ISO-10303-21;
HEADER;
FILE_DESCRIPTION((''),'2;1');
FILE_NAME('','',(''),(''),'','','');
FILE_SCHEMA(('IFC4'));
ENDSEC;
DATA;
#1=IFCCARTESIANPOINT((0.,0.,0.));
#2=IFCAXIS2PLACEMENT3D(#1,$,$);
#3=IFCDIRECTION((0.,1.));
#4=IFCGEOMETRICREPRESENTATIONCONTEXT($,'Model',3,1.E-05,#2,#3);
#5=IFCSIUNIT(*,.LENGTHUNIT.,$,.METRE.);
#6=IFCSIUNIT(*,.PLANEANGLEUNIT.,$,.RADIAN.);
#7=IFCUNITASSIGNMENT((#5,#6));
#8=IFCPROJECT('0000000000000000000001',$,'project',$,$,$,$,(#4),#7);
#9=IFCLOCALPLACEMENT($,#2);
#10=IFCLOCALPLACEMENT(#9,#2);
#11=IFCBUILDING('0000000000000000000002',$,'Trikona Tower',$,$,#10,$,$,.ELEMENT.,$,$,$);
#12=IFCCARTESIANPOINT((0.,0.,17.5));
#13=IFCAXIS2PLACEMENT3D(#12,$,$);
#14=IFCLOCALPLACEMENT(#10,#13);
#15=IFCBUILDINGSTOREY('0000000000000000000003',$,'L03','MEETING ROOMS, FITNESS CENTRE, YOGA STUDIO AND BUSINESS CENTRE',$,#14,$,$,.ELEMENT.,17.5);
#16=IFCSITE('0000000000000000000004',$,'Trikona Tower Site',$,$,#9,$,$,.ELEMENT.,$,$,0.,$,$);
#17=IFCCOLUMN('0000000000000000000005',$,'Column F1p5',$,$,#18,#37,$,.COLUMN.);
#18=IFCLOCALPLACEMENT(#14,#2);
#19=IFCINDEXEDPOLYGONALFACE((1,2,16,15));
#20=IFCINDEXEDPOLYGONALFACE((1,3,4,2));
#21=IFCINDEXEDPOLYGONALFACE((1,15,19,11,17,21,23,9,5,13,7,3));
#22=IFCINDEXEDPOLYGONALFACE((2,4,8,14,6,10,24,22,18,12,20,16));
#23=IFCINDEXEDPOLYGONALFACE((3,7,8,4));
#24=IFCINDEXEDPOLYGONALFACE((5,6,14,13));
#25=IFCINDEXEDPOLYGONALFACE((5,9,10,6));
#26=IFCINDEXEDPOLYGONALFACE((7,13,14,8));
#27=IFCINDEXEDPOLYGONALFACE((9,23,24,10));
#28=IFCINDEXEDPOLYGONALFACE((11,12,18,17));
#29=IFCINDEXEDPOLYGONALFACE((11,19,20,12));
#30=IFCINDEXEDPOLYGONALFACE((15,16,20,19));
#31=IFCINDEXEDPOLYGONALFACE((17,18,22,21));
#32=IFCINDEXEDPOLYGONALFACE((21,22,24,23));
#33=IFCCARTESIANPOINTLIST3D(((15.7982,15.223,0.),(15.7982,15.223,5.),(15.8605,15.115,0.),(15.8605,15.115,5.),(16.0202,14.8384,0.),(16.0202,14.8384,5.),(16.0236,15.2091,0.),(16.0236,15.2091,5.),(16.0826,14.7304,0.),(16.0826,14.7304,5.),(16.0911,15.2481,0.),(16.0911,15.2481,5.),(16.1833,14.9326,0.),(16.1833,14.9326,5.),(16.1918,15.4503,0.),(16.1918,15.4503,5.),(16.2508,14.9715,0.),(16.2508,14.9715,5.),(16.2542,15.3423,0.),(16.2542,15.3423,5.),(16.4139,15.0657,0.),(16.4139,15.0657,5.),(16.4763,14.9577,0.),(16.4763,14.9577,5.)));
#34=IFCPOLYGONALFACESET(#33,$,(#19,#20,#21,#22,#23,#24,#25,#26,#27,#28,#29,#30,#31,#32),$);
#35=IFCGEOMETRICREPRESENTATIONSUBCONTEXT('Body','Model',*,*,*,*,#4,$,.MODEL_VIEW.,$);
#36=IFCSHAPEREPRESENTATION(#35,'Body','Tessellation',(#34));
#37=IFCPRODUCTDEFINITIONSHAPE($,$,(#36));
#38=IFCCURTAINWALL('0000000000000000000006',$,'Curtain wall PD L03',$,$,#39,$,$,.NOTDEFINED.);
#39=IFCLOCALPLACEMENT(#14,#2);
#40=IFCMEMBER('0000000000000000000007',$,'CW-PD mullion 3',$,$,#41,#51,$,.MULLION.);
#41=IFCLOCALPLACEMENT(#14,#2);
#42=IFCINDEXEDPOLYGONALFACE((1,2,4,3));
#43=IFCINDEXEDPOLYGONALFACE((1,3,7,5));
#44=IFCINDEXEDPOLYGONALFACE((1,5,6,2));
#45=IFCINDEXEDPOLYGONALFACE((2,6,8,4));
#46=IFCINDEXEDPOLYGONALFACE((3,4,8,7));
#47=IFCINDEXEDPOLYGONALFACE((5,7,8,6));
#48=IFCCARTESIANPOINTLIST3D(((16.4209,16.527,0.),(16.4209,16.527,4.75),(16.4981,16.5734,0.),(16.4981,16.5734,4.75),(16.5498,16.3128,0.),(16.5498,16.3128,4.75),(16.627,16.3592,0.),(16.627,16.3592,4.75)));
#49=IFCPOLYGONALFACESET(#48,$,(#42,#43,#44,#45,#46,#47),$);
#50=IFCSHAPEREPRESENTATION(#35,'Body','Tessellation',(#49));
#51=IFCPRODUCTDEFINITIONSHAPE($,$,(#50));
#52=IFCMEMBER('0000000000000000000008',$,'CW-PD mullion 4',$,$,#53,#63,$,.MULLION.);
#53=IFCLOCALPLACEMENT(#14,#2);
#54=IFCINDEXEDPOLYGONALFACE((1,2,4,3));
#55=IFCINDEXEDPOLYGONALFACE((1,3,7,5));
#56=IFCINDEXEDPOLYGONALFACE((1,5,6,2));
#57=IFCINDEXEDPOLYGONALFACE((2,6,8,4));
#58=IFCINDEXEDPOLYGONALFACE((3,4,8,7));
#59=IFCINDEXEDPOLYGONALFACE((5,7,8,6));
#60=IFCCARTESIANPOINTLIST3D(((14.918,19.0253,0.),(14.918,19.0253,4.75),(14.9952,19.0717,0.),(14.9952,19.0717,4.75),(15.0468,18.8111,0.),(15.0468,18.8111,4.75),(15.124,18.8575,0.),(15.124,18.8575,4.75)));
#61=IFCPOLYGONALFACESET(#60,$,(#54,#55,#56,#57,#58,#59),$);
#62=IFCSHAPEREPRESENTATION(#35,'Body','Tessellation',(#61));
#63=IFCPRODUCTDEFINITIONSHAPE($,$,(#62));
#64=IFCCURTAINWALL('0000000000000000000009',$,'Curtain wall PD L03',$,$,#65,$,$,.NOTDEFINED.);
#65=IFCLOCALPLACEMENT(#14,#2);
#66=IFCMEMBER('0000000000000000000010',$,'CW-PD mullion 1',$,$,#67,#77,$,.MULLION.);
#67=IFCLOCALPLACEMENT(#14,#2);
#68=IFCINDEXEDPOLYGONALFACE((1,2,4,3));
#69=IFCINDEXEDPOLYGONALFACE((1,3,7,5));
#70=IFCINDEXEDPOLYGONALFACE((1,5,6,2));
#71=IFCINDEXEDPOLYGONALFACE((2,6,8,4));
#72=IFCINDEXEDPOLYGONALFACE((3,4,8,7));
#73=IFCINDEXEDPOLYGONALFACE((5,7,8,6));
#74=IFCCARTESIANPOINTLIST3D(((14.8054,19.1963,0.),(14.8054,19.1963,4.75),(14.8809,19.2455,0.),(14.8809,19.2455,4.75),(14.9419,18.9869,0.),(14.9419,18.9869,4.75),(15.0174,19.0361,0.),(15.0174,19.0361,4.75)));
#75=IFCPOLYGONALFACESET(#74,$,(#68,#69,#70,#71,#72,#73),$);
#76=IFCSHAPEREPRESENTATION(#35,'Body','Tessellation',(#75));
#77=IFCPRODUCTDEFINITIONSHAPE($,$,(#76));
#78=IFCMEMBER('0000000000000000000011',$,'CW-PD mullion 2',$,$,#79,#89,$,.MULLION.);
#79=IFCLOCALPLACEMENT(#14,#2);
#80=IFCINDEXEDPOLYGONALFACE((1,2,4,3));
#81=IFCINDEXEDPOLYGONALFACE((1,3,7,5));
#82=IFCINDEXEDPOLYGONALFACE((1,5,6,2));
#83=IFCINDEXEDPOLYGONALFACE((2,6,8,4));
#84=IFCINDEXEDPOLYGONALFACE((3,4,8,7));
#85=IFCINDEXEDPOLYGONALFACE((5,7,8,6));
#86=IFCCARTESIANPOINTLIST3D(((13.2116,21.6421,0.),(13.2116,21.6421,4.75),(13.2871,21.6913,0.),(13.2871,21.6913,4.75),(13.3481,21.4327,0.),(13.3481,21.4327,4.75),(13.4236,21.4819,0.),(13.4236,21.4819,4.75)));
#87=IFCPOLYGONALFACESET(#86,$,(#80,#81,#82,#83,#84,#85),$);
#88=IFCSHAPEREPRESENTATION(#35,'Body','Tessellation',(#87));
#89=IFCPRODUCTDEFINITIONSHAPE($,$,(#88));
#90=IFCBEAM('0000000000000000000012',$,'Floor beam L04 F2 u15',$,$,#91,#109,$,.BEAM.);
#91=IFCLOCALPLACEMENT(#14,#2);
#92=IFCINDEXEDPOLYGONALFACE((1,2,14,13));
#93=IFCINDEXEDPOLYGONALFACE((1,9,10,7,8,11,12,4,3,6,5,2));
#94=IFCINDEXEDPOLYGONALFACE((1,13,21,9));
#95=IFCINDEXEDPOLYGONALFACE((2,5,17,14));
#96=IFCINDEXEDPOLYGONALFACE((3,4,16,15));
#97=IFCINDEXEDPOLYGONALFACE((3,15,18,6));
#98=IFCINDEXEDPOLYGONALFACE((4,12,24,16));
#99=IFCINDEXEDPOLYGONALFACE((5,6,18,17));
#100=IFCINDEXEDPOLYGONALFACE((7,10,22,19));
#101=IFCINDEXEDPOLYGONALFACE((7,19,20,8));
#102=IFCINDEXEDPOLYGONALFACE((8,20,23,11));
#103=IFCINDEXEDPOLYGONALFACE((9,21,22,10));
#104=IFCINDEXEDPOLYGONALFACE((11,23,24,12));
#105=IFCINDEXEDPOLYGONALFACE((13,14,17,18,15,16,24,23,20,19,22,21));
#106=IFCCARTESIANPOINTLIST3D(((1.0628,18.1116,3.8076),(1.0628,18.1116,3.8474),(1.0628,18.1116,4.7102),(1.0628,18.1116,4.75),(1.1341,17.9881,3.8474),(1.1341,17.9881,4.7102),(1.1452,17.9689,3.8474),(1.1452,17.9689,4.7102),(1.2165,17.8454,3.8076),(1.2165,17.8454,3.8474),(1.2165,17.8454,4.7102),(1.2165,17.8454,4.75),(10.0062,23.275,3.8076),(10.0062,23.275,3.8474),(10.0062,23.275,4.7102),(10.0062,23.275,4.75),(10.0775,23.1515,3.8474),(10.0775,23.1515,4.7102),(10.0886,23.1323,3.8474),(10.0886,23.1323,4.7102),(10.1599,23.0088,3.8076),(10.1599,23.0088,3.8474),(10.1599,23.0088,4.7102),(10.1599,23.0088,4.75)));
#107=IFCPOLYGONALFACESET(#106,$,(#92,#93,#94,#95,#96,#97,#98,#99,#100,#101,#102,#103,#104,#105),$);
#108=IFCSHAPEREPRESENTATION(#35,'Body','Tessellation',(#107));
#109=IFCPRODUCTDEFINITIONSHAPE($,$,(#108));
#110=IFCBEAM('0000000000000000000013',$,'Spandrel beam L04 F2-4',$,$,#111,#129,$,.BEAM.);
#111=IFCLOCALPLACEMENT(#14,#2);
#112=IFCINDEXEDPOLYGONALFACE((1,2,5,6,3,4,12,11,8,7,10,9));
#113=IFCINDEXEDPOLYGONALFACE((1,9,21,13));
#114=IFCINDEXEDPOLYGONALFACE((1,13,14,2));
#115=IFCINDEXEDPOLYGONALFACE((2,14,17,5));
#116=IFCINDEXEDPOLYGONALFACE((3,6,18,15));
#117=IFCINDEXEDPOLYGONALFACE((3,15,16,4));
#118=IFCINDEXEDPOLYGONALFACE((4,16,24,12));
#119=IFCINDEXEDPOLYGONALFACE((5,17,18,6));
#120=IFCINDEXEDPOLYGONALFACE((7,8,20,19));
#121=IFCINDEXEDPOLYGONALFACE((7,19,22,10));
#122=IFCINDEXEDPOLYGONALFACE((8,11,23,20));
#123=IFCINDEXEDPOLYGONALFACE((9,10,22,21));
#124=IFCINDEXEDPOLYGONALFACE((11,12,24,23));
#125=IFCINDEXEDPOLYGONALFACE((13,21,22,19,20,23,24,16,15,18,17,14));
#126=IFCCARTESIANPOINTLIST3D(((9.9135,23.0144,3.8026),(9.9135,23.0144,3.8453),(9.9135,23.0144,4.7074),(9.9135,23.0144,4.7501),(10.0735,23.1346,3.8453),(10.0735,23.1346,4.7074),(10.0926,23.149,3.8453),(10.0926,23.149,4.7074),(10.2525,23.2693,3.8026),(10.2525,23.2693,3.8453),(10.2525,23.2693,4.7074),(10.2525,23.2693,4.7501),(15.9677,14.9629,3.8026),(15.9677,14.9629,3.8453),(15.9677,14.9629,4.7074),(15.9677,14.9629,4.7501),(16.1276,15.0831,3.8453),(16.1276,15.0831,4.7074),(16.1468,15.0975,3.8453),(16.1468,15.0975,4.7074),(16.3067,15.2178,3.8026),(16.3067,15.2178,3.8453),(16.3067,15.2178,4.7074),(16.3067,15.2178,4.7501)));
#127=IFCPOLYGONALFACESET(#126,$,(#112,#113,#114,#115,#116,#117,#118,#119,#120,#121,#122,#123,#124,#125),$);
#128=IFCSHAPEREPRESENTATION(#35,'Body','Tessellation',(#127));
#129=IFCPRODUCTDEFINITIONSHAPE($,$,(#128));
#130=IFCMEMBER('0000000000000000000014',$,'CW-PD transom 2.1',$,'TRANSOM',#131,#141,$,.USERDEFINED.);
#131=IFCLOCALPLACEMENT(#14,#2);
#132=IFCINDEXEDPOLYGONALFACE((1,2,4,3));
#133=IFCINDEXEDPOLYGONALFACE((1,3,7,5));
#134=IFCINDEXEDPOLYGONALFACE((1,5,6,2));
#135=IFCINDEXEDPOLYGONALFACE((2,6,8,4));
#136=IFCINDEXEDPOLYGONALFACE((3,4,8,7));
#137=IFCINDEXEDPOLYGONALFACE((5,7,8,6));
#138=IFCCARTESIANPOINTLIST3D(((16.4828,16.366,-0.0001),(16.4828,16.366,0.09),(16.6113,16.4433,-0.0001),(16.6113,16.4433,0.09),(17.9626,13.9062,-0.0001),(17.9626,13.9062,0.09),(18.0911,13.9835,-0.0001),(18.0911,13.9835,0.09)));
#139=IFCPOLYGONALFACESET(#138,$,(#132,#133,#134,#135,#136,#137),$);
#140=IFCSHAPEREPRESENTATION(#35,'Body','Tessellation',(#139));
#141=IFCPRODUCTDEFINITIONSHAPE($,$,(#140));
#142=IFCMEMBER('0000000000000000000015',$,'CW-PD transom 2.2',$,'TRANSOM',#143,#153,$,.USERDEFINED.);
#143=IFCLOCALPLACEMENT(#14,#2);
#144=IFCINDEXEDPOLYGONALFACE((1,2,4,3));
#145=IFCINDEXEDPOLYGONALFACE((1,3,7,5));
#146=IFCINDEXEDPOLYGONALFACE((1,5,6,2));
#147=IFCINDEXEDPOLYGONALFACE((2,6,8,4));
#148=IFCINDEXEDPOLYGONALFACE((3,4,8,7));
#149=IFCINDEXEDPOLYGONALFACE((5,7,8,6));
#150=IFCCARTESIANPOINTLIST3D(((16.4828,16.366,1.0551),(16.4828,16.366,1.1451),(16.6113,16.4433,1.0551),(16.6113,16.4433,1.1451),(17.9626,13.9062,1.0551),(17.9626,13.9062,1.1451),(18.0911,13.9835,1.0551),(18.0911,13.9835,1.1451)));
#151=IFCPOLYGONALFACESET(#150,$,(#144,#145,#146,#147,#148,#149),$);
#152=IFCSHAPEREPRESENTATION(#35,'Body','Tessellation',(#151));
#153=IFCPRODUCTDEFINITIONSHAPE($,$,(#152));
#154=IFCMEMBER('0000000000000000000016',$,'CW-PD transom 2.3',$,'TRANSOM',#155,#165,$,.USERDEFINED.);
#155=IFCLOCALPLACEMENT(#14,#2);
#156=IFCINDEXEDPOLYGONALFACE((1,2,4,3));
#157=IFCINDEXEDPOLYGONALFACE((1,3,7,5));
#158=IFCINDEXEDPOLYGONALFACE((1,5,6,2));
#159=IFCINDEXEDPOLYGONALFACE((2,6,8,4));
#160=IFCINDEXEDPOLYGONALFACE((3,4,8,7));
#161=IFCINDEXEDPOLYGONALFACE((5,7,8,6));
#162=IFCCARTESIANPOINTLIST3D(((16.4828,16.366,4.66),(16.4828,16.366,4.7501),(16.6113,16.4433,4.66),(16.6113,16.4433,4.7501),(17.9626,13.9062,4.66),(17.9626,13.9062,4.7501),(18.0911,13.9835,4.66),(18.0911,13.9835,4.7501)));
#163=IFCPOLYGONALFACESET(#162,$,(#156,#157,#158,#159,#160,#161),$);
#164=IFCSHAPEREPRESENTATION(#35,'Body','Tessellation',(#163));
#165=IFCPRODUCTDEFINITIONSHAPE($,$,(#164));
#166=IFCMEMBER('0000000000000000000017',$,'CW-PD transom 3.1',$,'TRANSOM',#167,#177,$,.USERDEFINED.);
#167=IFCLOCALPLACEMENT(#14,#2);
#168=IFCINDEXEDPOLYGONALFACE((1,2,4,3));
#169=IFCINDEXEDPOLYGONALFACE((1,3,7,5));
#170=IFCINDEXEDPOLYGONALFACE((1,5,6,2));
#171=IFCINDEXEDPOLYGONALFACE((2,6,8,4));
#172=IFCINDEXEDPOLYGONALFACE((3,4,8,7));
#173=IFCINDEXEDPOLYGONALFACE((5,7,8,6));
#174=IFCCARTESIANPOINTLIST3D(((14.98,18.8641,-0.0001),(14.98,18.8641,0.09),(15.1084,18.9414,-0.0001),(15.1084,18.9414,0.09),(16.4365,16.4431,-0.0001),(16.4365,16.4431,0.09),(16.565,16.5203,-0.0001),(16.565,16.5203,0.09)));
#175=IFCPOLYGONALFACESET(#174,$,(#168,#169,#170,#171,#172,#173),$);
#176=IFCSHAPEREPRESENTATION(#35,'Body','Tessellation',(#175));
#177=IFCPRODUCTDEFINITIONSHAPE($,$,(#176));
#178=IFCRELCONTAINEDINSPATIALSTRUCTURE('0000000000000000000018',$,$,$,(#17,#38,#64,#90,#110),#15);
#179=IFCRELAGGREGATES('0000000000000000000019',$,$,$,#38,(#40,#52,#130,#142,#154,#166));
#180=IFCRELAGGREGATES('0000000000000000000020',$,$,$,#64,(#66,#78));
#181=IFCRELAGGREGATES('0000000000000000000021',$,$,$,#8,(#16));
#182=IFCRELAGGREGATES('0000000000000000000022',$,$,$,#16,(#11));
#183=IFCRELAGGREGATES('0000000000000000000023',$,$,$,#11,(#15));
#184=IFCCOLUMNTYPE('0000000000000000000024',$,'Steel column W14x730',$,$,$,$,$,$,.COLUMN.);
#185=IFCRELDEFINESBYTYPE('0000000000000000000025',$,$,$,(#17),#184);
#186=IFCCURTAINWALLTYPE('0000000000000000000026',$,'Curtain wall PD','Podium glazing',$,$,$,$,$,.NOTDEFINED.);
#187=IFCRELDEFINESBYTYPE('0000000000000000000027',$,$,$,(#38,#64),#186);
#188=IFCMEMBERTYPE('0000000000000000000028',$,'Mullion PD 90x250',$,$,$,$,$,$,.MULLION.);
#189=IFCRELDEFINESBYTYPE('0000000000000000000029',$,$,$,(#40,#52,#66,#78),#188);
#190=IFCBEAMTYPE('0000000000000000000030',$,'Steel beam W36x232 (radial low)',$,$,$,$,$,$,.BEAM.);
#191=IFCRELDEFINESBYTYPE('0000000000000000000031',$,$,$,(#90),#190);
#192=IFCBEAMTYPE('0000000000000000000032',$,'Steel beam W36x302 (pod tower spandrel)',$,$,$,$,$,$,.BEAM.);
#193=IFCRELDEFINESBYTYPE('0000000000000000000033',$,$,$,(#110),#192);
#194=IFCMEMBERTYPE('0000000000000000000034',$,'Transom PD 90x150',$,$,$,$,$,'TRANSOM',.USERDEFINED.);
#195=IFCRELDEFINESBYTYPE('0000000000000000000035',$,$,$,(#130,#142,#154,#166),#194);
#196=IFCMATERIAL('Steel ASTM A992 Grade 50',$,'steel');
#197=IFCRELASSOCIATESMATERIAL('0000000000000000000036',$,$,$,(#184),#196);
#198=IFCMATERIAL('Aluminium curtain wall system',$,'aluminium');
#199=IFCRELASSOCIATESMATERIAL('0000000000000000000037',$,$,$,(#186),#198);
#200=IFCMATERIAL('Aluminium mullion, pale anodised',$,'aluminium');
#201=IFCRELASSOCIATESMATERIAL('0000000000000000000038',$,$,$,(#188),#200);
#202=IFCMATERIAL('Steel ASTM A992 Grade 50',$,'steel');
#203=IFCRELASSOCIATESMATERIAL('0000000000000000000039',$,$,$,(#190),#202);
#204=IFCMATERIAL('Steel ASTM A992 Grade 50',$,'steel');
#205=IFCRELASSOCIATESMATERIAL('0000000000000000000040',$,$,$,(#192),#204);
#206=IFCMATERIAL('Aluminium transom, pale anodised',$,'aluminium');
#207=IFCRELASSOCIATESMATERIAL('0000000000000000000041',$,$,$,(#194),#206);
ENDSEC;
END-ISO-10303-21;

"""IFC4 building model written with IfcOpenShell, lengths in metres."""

from ifc_helpers import new_model, si_unit, direction, frame, origin, origin_2d, place, context, subcontext, project, spatial, rectangle, i_section, extrude, material, material_profile, profile_set, type_object, element, aggregate, save


model = new_model("IFC4")

# Units and contexts
model_context = context("Model", 3, precision=1e-05, world=origin(), true_north=direction((0.0, 1.0)))
body_context = subcontext(model_context, "Body", "Model", "MODEL_VIEW")
ifc_project = project(units=[si_unit("LENGTHUNIT", "METRE"), si_unit("PLANEANGLEUNIT", "RADIAN")], contexts=[model_context])

# Site, building, storey
site_placement = place(None, origin())
site = spatial("IfcSite", under=ifc_project, at=site_placement, Name="Trikona Tower Site", CompositionType="ELEMENT", RefElevation=0.0)
building_placement = place(site_placement, origin())
building = spatial("IfcBuilding", under=site, at=building_placement, Name="Trikona Tower", CompositionType="ELEMENT")
storey_placement = place(building_placement, frame((0.0, 0.0, 17.5)))
storey = spatial("IfcBuildingStorey", under=building, at=storey_placement, Name="L03", Description="MEETING ROOMS, FITNESS CENTRE, YOGA STUDIO AND BUSINESS CENTRE", CompositionType="ELEMENT", Elevation=17.5)

# Column
ifc_material_1 = material(Name="Steel ASTM A992 Grade 50", Category="steel")
ifc_material_profile_1 = material_profile(ifc_material_1, i_section(OverallWidth=0.4546, OverallDepth=0.5688, WebThickness=0.0779, FlangeThickness=0.1248, at=origin_2d()), Name="W14X730")
ifc_profile_set_1 = profile_set([ifc_material_profile_1], Name="Steel ASTM A992 Grade 50")
column_type = type_object("IfcColumnType", Name="Steel column W14x730", PredefinedType="COLUMN", material=ifc_profile_set_1)
column_placement = place(storey_placement, frame((16.1372, 15.0903, 0.0), z_axis=(0.0, 0.0, 1.0), x_axis=(0.866025, 0.5, 0.0)))
element("IfcColumn", 1, at=column_placement, inside=storey, type_object=column_type, Name="Column F1p5", PredefinedType="COLUMN", context=body_context, shape_type="SweptSolid", body=[
    extrude(i_section(OverallWidth=0.4546, OverallDepth=0.5688, WebThickness=0.0779, FlangeThickness=0.1248, at=origin_2d()), origin(), (0.0, 0.0, 1.0), 5.0),
])

# Curtain walls, members
ifc_material_2 = material(Name="Aluminium curtain wall system", Category="aluminium")
curtain_wall_type = type_object("IfcCurtainWallType", Name="Curtain wall PD", Description="Podium glazing", PredefinedType="NOTDEFINED", material=ifc_material_2)
curtain_wall_1_placement = place(storey_placement, origin())
curtain_wall_1 = element("IfcCurtainWall", 2, at=curtain_wall_1_placement, inside=storey, type_object=curtain_wall_type, Name="Curtain wall PD L03", PredefinedType="NOTDEFINED")
ifc_material_3 = material(Name="Aluminium mullion, pale anodised", Category="aluminium")
ifc_material_profile_2 = material_profile(ifc_material_3, rectangle(XDim=0.0901, YDim=0.25, at=origin_2d()), Name="MUL-PD")
ifc_profile_set_2 = profile_set([ifc_material_profile_2], Name="Aluminium mullion, pale anodised")
member_type_1 = type_object("IfcMemberType", Name="Mullion PD 90x250", PredefinedType="MULLION", material=ifc_profile_set_2)
member_1_placement = place(storey_placement, frame((16.5239, 16.4431, 0.0), z_axis=(0.0, 0.0, 1.0), x_axis=(-0.85688, -0.515515, 0.0)))
member_1 = element("IfcMember", 3, at=member_1_placement, type_object=member_type_1, Name="CW-PD mullion 3", PredefinedType="MULLION", context=body_context, shape_type="SweptSolid", body=[
    extrude(rectangle(XDim=0.0901, YDim=0.25, at=origin_2d()), origin(), (0.0, 0.0, 1.0), 4.75),
])
member_2_placement = place(storey_placement, frame((15.021, 18.9414, 0.0), z_axis=(0.0, 0.0, 1.0), x_axis=(-0.85688, -0.515515, 0.0)))
member_2 = element("IfcMember", 4, at=member_2_placement, type_object=member_type_1, Name="CW-PD mullion 4", PredefinedType="MULLION", context=body_context, shape_type="SweptSolid", body=[
    extrude(rectangle(XDim=0.0901, YDim=0.25, at=origin_2d()), origin(), (0.0, 0.0, 1.0), 4.75),
])
curtain_wall_2_placement = place(storey_placement, origin())
curtain_wall_2 = element("IfcCurtainWall", 5, at=curtain_wall_2_placement, inside=storey, type_object=curtain_wall_type, Name="Curtain wall PD L03", PredefinedType="NOTDEFINED")
member_3_placement = place(storey_placement, frame((14.9114, 19.1162, 0.0), z_axis=(0.0, 0.0, 1.0), x_axis=(-0.8378, -0.545977, 0.0)))
member_3 = element("IfcMember", 6, at=member_3_placement, type_object=member_type_1, Name="CW-PD mullion 1", PredefinedType="MULLION", context=body_context, shape_type="SweptSolid", body=[
    extrude(rectangle(XDim=0.0901, YDim=0.25, at=origin_2d()), origin(), (0.0, 0.0, 1.0), 4.75),
])
member_4_placement = place(storey_placement, frame((13.3176, 21.562, 0.0), z_axis=(0.0, 0.0, 1.0), x_axis=(-0.8378, -0.545977, 0.0)))
member_4 = element("IfcMember", 7, at=member_4_placement, type_object=member_type_1, Name="CW-PD mullion 2", PredefinedType="MULLION", context=body_context, shape_type="SweptSolid", body=[
    extrude(rectangle(XDim=0.0901, YDim=0.25, at=origin_2d()), origin(), (0.0, 0.0, 1.0), 4.75),
])

# Beams
ifc_material_4 = material(Name="Steel ASTM A992 Grade 50", Category="steel")
ifc_material_profile_3 = material_profile(ifc_material_4, i_section(OverallWidth=0.3074, OverallDepth=0.9424, WebThickness=0.0222, FlangeThickness=0.0398, at=origin_2d()), Name="W36X232")
ifc_profile_set_3 = profile_set([ifc_material_profile_3], Name="Steel ASTM A992 Grade 50")
beam_type_1 = type_object("IfcBeamType", Name="Steel beam W36x232 (radial low)", PredefinedType="BEAM", material=ifc_profile_set_3)
beam_1_placement = place(storey_placement, frame((1.1396, 17.9785, 4.2788), z_axis=(0.86603, 0.499991, 0.0), x_axis=(-0.499991, 0.86603, 0.0)))
element("IfcBeam", 8, at=beam_1_placement, inside=storey, type_object=beam_type_1, Name="Floor beam L04 F2 u15", PredefinedType="BEAM", context=body_context, shape_type="SweptSolid", body=[
    extrude(i_section(OverallWidth=0.3074, OverallDepth=0.9424, WebThickness=0.0222, FlangeThickness=0.0398, at=origin_2d()), origin(), (0.0, 0.0, 1.0), 10.3269),
])
ifc_material_5 = material(Name="Steel ASTM A992 Grade 50", Category="steel")
ifc_material_profile_4 = material_profile(ifc_material_5, i_section(OverallWidth=0.4241, OverallDepth=0.9475, WebThickness=0.0239, FlangeThickness=0.0427, at=origin_2d()), Name="W36X302")
ifc_profile_set_4 = profile_set([ifc_material_profile_4], Name="Steel ASTM A992 Grade 50")
beam_type_2 = type_object("IfcBeamType", Name="Steel beam W36x302 (pod tower spandrel)", PredefinedType="BEAM", material=ifc_profile_set_4)
beam_2_placement = place(storey_placement, frame((16.1372, 15.0903, 4.2764), z_axis=(-0.600988, 0.799258, 0.0), x_axis=(-0.799258, -0.600988, 0.0)))
element("IfcBeam", 9, at=beam_2_placement, inside=storey, type_object=beam_type_2, Name="Spandrel beam L04 F2-4", PredefinedType="BEAM", context=body_context, shape_type="SweptSolid", body=[
    extrude(i_section(OverallWidth=0.4241, OverallDepth=0.9475, WebThickness=0.0239, FlangeThickness=0.0427, at=origin_2d()), origin(), (0.0, 0.0, 1.0), 10.0737),
])

# Members
ifc_material_6 = material(Name="Aluminium transom, pale anodised", Category="aluminium")
ifc_material_profile_5 = material_profile(ifc_material_6, rectangle(XDim=0.1499, YDim=0.0901, at=origin_2d()), Name="TRN-PD")
ifc_profile_set_5 = profile_set([ifc_material_profile_5], Name="Aluminium transom, pale anodised")
member_type_2 = type_object("IfcMemberType", Name="Transom PD 90x150", ElementType="TRANSOM", PredefinedType="USERDEFINED", material=ifc_profile_set_5)
member_5_placement = place(storey_placement, frame((18.0269, 13.9448, 0.0449), z_axis=(-0.515496, 0.856892, 0.0), x_axis=(-0.856892, -0.515496, 0.0)))
member_5 = element("IfcMember", 10, at=member_5_placement, type_object=member_type_2, Name="CW-PD transom 2.1", ObjectType="TRANSOM", PredefinedType="USERDEFINED", context=body_context, shape_type="SweptSolid", body=[
    extrude(rectangle(XDim=0.1499, YDim=0.0901, at=origin_2d()), origin(), (0.0, 0.0, 1.0), 2.8706),
])
member_6_placement = place(storey_placement, frame((18.0269, 13.9448, 1.1001), z_axis=(-0.515496, 0.856892, 0.0), x_axis=(-0.856892, -0.515496, 0.0)))
member_6 = element("IfcMember", 11, at=member_6_placement, type_object=member_type_2, Name="CW-PD transom 2.2", ObjectType="TRANSOM", PredefinedType="USERDEFINED", context=body_context, shape_type="SweptSolid", body=[
    extrude(rectangle(XDim=0.1499, YDim=0.0901, at=origin_2d()), origin(), (0.0, 0.0, 1.0), 2.8706),
])
member_7_placement = place(storey_placement, frame((18.0269, 13.9448, 4.7051), z_axis=(-0.515496, 0.856892, 0.0), x_axis=(-0.856892, -0.515496, 0.0)))
member_7 = element("IfcMember", 12, at=member_7_placement, type_object=member_type_2, Name="CW-PD transom 2.3", ObjectType="TRANSOM", PredefinedType="USERDEFINED", context=body_context, shape_type="SweptSolid", body=[
    extrude(rectangle(XDim=0.1499, YDim=0.0901, at=origin_2d()), origin(), (0.0, 0.0, 1.0), 2.8706),
])
member_8_placement = place(storey_placement, frame((16.5007, 16.4817, 0.0449), z_axis=(-0.515499, 0.85689, 0.0), x_axis=(-0.85689, -0.515499, 0.0)))
member_8 = element("IfcMember", 13, at=member_8_placement, type_object=member_type_2, Name="CW-PD transom 3.1", ObjectType="TRANSOM", PredefinedType="USERDEFINED", context=body_context, shape_type="SweptSolid", body=[
    extrude(rectangle(XDim=0.1499, YDim=0.0901, at=origin_2d()), origin(), (0.0, 0.0, 1.0), 2.8254),
])

aggregate(curtain_wall_1, [member_1, member_2, member_5, member_6, member_7, member_8])
aggregate(curtain_wall_2, [member_3, member_4])

save(model, "model.ifc")
